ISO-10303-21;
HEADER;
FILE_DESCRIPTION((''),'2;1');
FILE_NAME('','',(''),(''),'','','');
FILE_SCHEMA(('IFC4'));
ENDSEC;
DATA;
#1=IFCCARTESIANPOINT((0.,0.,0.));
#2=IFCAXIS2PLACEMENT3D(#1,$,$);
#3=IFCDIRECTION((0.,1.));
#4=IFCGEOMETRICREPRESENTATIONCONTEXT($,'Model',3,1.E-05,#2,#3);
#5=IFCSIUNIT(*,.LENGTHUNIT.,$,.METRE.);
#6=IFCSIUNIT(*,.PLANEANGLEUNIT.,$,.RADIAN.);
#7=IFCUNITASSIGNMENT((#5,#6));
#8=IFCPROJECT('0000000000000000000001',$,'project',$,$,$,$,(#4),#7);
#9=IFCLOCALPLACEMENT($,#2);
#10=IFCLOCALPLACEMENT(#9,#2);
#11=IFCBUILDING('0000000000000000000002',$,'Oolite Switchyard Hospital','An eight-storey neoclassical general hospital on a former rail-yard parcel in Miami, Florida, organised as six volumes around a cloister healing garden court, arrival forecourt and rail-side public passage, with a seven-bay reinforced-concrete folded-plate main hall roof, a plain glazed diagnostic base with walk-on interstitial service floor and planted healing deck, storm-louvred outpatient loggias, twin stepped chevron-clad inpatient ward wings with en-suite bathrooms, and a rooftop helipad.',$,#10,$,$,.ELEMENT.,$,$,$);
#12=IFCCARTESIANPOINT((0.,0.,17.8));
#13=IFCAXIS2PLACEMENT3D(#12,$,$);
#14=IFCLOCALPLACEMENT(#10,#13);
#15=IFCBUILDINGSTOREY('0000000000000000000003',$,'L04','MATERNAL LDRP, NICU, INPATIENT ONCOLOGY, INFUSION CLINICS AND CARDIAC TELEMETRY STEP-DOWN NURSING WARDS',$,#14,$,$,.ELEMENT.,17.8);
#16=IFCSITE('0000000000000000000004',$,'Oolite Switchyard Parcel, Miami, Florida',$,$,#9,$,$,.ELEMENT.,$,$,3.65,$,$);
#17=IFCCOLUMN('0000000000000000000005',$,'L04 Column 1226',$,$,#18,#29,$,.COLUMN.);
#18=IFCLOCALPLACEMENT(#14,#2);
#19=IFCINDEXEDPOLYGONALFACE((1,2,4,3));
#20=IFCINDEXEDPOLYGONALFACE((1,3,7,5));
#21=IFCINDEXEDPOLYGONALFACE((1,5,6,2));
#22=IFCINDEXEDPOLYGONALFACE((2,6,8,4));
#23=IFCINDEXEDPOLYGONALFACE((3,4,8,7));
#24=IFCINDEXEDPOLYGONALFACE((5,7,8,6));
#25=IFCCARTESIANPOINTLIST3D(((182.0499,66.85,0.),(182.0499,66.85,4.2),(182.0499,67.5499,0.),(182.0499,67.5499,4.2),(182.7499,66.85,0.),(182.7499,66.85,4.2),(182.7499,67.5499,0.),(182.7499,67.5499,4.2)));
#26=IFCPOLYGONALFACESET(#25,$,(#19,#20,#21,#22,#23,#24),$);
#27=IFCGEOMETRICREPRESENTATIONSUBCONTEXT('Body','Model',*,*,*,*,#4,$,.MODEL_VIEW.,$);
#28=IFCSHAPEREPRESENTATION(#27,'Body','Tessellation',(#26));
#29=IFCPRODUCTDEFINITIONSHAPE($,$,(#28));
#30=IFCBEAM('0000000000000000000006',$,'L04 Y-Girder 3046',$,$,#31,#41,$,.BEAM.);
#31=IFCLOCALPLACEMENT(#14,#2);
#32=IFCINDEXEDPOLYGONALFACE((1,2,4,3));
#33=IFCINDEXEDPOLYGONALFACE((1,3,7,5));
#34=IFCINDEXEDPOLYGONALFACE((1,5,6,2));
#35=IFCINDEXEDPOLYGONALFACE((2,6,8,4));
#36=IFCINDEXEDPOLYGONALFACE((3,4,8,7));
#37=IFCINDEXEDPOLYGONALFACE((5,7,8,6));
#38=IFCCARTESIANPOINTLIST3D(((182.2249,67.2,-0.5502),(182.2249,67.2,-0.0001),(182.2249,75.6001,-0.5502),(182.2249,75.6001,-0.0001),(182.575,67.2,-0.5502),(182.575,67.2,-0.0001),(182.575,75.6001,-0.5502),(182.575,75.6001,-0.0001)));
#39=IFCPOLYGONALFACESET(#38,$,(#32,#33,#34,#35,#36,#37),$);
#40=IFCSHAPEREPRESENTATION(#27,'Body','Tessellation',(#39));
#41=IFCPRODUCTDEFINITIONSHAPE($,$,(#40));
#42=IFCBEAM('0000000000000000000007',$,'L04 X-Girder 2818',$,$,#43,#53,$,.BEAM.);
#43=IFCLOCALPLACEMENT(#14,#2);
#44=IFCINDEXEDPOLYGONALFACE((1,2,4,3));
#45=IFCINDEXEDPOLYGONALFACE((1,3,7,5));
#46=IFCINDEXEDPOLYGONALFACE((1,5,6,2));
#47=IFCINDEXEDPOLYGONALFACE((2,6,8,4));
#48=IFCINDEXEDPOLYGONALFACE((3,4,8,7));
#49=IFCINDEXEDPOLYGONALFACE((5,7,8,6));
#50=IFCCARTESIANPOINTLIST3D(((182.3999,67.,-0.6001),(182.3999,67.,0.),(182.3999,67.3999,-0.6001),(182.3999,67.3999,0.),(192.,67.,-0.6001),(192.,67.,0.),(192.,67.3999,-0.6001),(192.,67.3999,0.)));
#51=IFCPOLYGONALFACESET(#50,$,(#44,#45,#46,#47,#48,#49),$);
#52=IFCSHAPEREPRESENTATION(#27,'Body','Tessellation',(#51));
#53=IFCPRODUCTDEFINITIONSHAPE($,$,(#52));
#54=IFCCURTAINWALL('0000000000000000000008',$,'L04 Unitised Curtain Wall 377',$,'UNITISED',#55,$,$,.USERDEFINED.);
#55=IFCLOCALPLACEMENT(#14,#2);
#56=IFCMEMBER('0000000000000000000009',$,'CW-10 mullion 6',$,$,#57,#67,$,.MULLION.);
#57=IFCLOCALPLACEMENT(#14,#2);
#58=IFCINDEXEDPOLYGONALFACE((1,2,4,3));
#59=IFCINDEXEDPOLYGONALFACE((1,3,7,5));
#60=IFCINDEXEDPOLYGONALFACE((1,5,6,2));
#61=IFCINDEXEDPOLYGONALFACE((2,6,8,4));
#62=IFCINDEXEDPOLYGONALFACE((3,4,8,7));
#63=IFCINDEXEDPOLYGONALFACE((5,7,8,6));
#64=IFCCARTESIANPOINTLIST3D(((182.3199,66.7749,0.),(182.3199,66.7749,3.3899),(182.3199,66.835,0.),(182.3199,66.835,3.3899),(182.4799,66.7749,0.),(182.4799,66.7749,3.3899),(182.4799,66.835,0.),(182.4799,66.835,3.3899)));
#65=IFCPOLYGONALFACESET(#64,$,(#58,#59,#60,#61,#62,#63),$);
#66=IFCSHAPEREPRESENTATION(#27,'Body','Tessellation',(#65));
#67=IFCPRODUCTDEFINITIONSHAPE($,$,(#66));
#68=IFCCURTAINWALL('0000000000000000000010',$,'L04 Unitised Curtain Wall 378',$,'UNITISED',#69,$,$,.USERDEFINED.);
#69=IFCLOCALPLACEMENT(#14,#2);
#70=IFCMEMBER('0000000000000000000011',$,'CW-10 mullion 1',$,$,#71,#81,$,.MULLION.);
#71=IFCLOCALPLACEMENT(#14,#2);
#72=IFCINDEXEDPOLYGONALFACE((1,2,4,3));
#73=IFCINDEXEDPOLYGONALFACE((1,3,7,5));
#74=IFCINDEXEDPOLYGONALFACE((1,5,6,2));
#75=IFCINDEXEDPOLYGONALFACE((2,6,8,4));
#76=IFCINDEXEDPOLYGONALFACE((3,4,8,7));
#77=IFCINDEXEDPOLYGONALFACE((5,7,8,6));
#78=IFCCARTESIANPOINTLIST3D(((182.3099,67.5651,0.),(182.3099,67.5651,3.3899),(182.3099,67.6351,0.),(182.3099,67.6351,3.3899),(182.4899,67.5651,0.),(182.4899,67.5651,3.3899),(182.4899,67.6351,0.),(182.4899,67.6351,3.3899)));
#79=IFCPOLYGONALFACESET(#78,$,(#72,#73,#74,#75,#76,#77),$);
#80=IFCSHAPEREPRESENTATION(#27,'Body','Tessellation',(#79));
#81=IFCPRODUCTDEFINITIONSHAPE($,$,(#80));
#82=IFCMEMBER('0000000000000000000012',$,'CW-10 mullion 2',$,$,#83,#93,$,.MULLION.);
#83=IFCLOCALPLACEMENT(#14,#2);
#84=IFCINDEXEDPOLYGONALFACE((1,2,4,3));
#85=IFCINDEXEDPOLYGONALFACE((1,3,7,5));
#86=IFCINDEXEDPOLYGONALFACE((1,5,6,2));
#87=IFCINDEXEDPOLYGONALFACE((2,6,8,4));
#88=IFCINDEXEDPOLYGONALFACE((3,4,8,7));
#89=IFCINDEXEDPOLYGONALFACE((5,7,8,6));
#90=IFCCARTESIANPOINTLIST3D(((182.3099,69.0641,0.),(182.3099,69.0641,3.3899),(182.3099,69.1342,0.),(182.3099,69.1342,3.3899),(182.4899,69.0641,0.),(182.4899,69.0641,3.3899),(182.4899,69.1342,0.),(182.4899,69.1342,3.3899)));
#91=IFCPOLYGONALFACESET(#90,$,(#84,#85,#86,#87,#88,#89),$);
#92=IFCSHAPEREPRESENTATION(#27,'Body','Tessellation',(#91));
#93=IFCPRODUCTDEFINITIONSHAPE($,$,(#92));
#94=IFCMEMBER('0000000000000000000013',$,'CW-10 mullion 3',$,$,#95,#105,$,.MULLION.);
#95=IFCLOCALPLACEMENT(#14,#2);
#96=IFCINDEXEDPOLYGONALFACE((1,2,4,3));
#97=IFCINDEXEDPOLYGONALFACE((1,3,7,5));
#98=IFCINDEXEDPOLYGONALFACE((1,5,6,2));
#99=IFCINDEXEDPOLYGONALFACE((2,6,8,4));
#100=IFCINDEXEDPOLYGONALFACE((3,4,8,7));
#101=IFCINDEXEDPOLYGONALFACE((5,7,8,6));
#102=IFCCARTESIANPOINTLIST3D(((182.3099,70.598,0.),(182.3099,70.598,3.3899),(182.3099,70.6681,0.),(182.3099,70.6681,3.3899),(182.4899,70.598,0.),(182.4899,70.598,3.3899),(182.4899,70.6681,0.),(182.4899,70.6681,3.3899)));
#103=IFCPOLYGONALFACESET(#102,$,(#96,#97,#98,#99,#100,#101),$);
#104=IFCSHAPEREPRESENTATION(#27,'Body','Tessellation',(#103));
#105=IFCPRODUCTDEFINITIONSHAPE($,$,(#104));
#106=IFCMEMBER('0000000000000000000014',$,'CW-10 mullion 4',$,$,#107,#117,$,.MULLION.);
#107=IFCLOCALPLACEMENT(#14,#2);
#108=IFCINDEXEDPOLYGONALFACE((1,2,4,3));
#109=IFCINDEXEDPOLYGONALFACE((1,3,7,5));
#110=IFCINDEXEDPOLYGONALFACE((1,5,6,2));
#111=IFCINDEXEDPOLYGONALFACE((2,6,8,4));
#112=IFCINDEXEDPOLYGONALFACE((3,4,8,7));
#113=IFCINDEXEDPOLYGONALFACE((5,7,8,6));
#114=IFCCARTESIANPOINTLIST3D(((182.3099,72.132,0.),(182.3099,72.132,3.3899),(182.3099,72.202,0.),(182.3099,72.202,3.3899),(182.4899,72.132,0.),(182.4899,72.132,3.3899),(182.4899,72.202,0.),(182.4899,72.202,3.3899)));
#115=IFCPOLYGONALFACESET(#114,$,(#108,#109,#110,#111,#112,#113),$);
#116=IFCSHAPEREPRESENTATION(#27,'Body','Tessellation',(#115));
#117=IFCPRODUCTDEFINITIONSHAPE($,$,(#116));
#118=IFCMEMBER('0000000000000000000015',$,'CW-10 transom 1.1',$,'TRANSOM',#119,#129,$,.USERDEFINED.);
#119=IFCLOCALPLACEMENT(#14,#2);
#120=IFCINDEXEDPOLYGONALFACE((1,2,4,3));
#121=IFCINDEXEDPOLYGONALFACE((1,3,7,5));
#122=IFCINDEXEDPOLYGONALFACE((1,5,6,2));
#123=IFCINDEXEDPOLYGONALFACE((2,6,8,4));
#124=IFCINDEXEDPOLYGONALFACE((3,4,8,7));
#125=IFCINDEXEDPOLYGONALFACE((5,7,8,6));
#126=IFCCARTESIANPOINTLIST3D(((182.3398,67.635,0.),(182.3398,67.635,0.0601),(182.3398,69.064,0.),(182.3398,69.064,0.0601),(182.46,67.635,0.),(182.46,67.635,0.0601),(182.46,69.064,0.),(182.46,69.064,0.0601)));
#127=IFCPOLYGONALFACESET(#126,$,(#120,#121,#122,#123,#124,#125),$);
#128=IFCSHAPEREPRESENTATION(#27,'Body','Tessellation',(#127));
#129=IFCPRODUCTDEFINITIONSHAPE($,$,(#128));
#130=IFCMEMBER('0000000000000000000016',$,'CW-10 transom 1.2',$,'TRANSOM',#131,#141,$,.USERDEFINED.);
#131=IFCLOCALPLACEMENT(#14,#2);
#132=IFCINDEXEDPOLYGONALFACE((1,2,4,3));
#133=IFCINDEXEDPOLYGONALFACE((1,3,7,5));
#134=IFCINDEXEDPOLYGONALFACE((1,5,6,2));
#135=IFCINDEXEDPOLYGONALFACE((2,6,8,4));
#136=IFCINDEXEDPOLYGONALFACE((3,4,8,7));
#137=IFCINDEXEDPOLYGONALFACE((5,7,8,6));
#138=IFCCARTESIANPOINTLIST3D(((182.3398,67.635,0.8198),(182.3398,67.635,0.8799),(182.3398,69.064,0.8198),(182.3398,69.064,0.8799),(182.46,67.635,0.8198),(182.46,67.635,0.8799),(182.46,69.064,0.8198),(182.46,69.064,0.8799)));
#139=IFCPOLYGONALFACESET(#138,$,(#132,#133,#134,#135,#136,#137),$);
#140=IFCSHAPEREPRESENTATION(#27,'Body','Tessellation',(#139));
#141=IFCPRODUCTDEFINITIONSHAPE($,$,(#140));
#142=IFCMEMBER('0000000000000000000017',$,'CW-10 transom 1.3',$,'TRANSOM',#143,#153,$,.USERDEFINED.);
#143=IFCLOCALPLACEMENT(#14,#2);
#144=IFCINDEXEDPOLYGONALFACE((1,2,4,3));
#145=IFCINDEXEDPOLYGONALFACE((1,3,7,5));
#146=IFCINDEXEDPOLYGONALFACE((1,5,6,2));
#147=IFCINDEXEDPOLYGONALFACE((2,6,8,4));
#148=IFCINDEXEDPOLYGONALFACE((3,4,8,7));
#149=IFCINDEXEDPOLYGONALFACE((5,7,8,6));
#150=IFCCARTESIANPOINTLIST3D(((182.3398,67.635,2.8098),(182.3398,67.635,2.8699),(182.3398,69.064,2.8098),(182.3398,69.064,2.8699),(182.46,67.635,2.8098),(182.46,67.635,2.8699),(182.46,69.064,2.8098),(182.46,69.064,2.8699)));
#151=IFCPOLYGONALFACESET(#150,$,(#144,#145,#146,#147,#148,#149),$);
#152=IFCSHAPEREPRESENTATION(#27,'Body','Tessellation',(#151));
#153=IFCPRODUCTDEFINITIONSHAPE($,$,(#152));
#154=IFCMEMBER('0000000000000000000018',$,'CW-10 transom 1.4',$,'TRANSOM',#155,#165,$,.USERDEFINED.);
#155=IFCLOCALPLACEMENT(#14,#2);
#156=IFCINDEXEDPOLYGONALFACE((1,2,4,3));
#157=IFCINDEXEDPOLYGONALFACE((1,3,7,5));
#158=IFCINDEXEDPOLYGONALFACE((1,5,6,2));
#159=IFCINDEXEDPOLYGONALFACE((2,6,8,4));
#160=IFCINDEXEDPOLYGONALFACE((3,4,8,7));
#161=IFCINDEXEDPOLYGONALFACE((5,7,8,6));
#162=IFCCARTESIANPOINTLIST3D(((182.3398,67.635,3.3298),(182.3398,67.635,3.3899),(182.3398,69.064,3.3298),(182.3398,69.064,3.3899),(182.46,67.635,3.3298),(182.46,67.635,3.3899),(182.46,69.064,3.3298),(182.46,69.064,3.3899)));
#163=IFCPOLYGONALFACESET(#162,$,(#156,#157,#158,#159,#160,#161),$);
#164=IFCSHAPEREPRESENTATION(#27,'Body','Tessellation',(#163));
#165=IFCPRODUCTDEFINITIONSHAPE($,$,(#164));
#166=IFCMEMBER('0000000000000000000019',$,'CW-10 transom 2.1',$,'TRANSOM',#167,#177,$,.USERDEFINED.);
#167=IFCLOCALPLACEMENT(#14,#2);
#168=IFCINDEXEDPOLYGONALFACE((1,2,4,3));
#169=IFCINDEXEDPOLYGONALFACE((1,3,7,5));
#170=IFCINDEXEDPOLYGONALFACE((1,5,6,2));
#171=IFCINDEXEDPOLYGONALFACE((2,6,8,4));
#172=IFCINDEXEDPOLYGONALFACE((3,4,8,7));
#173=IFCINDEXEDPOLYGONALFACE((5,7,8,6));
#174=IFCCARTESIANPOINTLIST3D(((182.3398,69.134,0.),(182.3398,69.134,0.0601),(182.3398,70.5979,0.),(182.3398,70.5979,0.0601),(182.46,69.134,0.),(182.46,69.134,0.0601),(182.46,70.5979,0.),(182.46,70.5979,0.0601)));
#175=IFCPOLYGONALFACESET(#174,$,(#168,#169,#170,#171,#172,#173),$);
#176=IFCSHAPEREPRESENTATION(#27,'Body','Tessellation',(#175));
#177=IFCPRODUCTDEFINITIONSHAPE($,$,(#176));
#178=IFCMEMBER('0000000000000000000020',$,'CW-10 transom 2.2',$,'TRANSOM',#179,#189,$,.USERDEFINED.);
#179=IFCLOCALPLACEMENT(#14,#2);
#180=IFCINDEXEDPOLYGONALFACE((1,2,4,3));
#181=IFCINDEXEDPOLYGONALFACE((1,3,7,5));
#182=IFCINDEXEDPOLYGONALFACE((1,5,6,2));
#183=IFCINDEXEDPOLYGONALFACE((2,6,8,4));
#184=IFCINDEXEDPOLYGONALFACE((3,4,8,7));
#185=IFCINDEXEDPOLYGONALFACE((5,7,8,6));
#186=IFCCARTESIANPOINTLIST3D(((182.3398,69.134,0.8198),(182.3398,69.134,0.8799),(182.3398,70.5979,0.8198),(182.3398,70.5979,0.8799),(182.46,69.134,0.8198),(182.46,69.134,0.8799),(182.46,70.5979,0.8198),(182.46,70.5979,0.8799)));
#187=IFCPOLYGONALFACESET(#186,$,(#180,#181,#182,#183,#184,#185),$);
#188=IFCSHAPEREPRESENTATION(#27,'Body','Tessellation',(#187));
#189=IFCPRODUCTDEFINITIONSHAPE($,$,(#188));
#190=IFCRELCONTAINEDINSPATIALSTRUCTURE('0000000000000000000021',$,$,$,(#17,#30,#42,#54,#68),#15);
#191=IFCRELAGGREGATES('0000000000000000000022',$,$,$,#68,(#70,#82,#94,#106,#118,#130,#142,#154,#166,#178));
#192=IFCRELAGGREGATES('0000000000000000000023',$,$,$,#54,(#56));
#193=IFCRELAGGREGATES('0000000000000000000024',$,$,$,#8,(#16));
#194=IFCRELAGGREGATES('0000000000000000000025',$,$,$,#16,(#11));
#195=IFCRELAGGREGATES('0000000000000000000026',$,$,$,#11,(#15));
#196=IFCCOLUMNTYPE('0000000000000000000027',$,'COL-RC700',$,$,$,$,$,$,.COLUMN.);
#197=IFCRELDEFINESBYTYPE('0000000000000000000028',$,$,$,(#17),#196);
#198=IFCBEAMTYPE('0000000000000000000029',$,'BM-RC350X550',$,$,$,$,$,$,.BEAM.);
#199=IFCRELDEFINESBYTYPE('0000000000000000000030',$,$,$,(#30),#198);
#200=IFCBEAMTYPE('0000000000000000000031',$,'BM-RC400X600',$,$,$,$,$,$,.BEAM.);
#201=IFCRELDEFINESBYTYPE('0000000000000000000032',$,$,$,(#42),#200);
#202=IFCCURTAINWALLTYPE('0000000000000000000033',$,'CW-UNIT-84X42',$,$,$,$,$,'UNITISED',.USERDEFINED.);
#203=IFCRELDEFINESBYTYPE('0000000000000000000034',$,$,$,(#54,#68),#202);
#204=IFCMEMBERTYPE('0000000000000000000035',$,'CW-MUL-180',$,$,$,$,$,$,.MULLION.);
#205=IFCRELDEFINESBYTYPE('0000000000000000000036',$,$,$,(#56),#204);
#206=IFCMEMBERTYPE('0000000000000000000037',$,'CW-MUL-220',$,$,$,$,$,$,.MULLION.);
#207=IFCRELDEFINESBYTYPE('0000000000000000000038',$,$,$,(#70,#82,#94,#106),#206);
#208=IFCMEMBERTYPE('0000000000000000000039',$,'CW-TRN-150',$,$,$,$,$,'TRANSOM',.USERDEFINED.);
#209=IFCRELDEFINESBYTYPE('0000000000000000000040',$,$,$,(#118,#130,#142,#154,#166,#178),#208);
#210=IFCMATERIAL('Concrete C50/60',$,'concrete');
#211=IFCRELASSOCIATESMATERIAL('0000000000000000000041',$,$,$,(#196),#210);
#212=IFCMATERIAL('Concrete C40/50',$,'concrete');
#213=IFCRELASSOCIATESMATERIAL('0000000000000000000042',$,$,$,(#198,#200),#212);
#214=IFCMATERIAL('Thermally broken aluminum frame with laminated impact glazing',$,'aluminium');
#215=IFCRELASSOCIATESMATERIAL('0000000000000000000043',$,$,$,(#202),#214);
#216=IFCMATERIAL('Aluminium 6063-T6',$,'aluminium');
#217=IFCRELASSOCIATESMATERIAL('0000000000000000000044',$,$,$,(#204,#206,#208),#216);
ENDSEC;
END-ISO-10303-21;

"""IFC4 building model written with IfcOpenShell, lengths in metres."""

from ifc_helpers import new_model, si_unit, direction, frame, origin, origin_2d, place, context, subcontext, project, spatial, rectangle, extrude, material, material_profile, profile_set, type_object, element, aggregate, save


model = new_model("IFC4")

# Units and contexts
model_context = context("Model", 3, precision=1e-05, world=origin(), true_north=direction((0.0, 1.0)))
body_context = subcontext(model_context, "Body", "Model", "MODEL_VIEW")
ifc_project = project(units=[si_unit("LENGTHUNIT", "METRE"), si_unit("PLANEANGLEUNIT", "RADIAN")], contexts=[model_context])

# Site, building, storey
site_placement = place(None, origin())
site = spatial("IfcSite", under=ifc_project, at=site_placement, Name="Oolite Switchyard Parcel, Miami, Florida", CompositionType="ELEMENT", RefElevation=3.65)
building_placement = place(site_placement, origin())
building = spatial("IfcBuilding", under=site, at=building_placement, Name="Oolite Switchyard Hospital", Description="An eight-storey neoclassical general hospital on a former rail-yard parcel in Miami, Florida, organised as six volumes around a cloister healing garden court, arrival forecourt and rail-side public passage, with a seven-bay reinforced-concrete folded-plate main hall roof, a plain glazed diagnostic base with walk-on interstitial service floor and planted healing deck, storm-louvred outpatient loggias, twin stepped chevron-clad inpatient ward wings with en-suite bathrooms, and a rooftop helipad.", CompositionType="ELEMENT")
storey_placement = place(building_placement, frame((0.0, 0.0, 17.8)))
storey = spatial("IfcBuildingStorey", under=building, at=storey_placement, Name="L04", Description="MATERNAL LDRP, NICU, INPATIENT ONCOLOGY, INFUSION CLINICS AND CARDIAC TELEMETRY STEP-DOWN NURSING WARDS", CompositionType="ELEMENT", Elevation=17.8)

# Column
ifc_material_1 = material(Name="Concrete C50/60", Category="concrete")
ifc_material_profile_1 = material_profile(ifc_material_1, rectangle(XDim=0.7, YDim=0.7, at=origin_2d()), Name="RC700X700")
ifc_profile_set_1 = profile_set([ifc_material_profile_1], Name="Concrete C50/60")
column_type = type_object("IfcColumnType", Name="COL-RC700", PredefinedType="COLUMN", material=ifc_profile_set_1)
column_placement = place(storey_placement, frame((182.3999, 67.2, 0.0), z_axis=(0.0, 0.0, 1.0), x_axis=(1.0, 0.0, 0.0)))
element("IfcColumn", 1, at=column_placement, inside=storey, type_object=column_type, Name="L04 Column 1226", PredefinedType="COLUMN", context=body_context, shape_type="SweptSolid", body=[
    extrude(rectangle(XDim=0.7, YDim=0.7, at=origin_2d()), origin(), (0.0, 0.0, 1.0), 4.2),
])

# Beams
ifc_material_2 = material(Name="Concrete C40/50", Category="concrete")
ifc_material_profile_2 = material_profile(ifc_material_2, rectangle(XDim=0.3501, YDim=0.55, at=origin_2d()), Name="RCB350X550")
ifc_profile_set_2 = profile_set([ifc_material_profile_2], Name="Concrete C40/50")
beam_type_1 = type_object("IfcBeamType", Name="BM-RC350X550", PredefinedType="BEAM", material=ifc_profile_set_2)
beam_1_placement = place(storey_placement, frame((182.3999, 67.2, -0.2751), z_axis=(0.0, 1.0, 0.0), x_axis=(-1.0, 0.0, 0.0)))
element("IfcBeam", 2, at=beam_1_placement, inside=storey, type_object=beam_type_1, Name="L04 Y-Girder 3046", PredefinedType="BEAM", context=body_context, shape_type="SweptSolid", body=[
    extrude(rectangle(XDim=0.3501, YDim=0.55, at=origin_2d()), origin(), (0.0, 0.0, 1.0), 8.4001),
])
ifc_material_profile_3 = material_profile(ifc_material_2, rectangle(XDim=0.3999, YDim=0.6001, at=origin_2d()), Name="RCB400X600")
ifc_profile_set_3 = profile_set([ifc_material_profile_3], Name="Concrete C40/50")
beam_type_2 = type_object("IfcBeamType", Name="BM-RC400X600", PredefinedType="BEAM", material=ifc_profile_set_3)
beam_2_placement = place(storey_placement, frame((182.3999, 67.2, -0.3), z_axis=(1.0, 0.0, 0.0), x_axis=(0.0, 1.0, 0.0)))
element("IfcBeam", 3, at=beam_2_placement, inside=storey, type_object=beam_type_2, Name="L04 X-Girder 2818", PredefinedType="BEAM", context=body_context, shape_type="SweptSolid", body=[
    extrude(rectangle(XDim=0.3999, YDim=0.6001, at=origin_2d()), origin(), (0.0, 0.0, 1.0), 9.6001),
])

# Curtain wall, member
ifc_material_3 = material(Name="Thermally broken aluminum frame with laminated impact glazing", Category="aluminium")
curtain_wall_type = type_object("IfcCurtainWallType", Name="CW-UNIT-84X42", ElementType="UNITISED", PredefinedType="USERDEFINED", material=ifc_material_3)
curtain_wall_1_placement = place(storey_placement, origin())
curtain_wall_1 = element("IfcCurtainWall", 4, at=curtain_wall_1_placement, inside=storey, type_object=curtain_wall_type, Name="L04 Unitised Curtain Wall 377", ObjectType="UNITISED", PredefinedType="USERDEFINED")
ifc_material_4 = material(Name="Aluminium 6063-T6", Category="aluminium")
ifc_material_profile_4 = material_profile(ifc_material_4, rectangle(XDim=0.1599, YDim=0.0601, at=origin_2d()), Name="CWM60X160")
ifc_profile_set_4 = profile_set([ifc_material_profile_4], Name="Aluminium 6063-T6")
member_type_1 = type_object("IfcMemberType", Name="CW-MUL-180", PredefinedType="MULLION", material=ifc_profile_set_4)
member_1_placement = place(storey_placement, frame((182.3999, 66.8049, 0.0), z_axis=(0.0, 0.0, 1.0), x_axis=(-1.0, 0.0, 0.0)))
member_1 = element("IfcMember", 5, at=member_1_placement, type_object=member_type_1, Name="CW-10 mullion 6", PredefinedType="MULLION", context=body_context, shape_type="SweptSolid", body=[
    extrude(rectangle(XDim=0.1599, YDim=0.0601, at=origin_2d()), origin(), (0.0, 0.0, 1.0), 3.3899),
])

# Curtain wall, members
curtain_wall_2_placement = place(storey_placement, origin())
curtain_wall_2 = element("IfcCurtainWall", 6, at=curtain_wall_2_placement, inside=storey, type_object=curtain_wall_type, Name="L04 Unitised Curtain Wall 378", ObjectType="UNITISED", PredefinedType="USERDEFINED")
ifc_material_profile_5 = material_profile(ifc_material_4, rectangle(XDim=0.1799, YDim=0.0701, at=origin_2d()), Name="CWM70X180")
ifc_profile_set_5 = profile_set([ifc_material_profile_5], Name="Aluminium 6063-T6")
member_type_2 = type_object("IfcMemberType", Name="CW-MUL-220", PredefinedType="MULLION", material=ifc_profile_set_5)
member_2_placement = place(storey_placement, frame((182.3999, 67.6001, 0.0), z_axis=(0.0, 0.0, 1.0), x_axis=(-1.0, 0.0, 0.0)))
member_2 = element("IfcMember", 7, at=member_2_placement, type_object=member_type_2, Name="CW-10 mullion 1", PredefinedType="MULLION", context=body_context, shape_type="SweptSolid", body=[
    extrude(rectangle(XDim=0.1799, YDim=0.0701, at=origin_2d()), origin(), (0.0, 0.0, 1.0), 3.3899),
])
member_3_placement = place(storey_placement, frame((182.3999, 69.0991, 0.0), z_axis=(0.0, 0.0, 1.0), x_axis=(-1.0, 0.0, 0.0)))
member_3 = element("IfcMember", 8, at=member_3_placement, type_object=member_type_2, Name="CW-10 mullion 2", PredefinedType="MULLION", context=body_context, shape_type="SweptSolid", body=[
    extrude(rectangle(XDim=0.1799, YDim=0.0701, at=origin_2d()), origin(), (0.0, 0.0, 1.0), 3.3899),
])
member_4_placement = place(storey_placement, frame((182.3999, 70.6331, 0.0), z_axis=(0.0, 0.0, 1.0), x_axis=(-1.0, 0.0, 0.0)))
member_4 = element("IfcMember", 9, at=member_4_placement, type_object=member_type_2, Name="CW-10 mullion 3", PredefinedType="MULLION", context=body_context, shape_type="SweptSolid", body=[
    extrude(rectangle(XDim=0.1799, YDim=0.0701, at=origin_2d()), origin(), (0.0, 0.0, 1.0), 3.3899),
])
member_5_placement = place(storey_placement, frame((182.3999, 72.167, 0.0), z_axis=(0.0, 0.0, 1.0), x_axis=(-1.0, 0.0, 0.0)))
member_5 = element("IfcMember", 10, at=member_5_placement, type_object=member_type_2, Name="CW-10 mullion 4", PredefinedType="MULLION", context=body_context, shape_type="SweptSolid", body=[
    extrude(rectangle(XDim=0.1799, YDim=0.0701, at=origin_2d()), origin(), (0.0, 0.0, 1.0), 3.3899),
])
ifc_material_profile_6 = material_profile(ifc_material_4, rectangle(XDim=0.1201, YDim=0.0601, at=origin_2d()), Name="CWT60X120")
ifc_profile_set_6 = profile_set([ifc_material_profile_6], Name="Aluminium 6063-T6")
member_type_3 = type_object("IfcMemberType", Name="CW-TRN-150", ElementType="TRANSOM", PredefinedType="USERDEFINED", material=ifc_profile_set_6)
member_6_placement = place(storey_placement, frame((182.3999, 67.635, 0.03), z_axis=(0.0, 1.0, 0.0), x_axis=(-1.0, 0.0, 0.0)))
member_6 = element("IfcMember", 11, at=member_6_placement, type_object=member_type_3, Name="CW-10 transom 1.1", ObjectType="TRANSOM", PredefinedType="USERDEFINED", context=body_context, shape_type="SweptSolid", body=[
    extrude(rectangle(XDim=0.1201, YDim=0.0601, at=origin_2d()), origin(), (0.0, 0.0, 1.0), 1.429),
])
member_7_placement = place(storey_placement, frame((182.3999, 67.635, 0.8499), z_axis=(0.0, 1.0, 0.0), x_axis=(-1.0, 0.0, 0.0)))
member_7 = element("IfcMember", 12, at=member_7_placement, type_object=member_type_3, Name="CW-10 transom 1.2", ObjectType="TRANSOM", PredefinedType="USERDEFINED", context=body_context, shape_type="SweptSolid", body=[
    extrude(rectangle(XDim=0.1201, YDim=0.0601, at=origin_2d()), origin(), (0.0, 0.0, 1.0), 1.429),
])
member_8_placement = place(storey_placement, frame((182.3999, 67.635, 2.8398), z_axis=(0.0, 1.0, 0.0), x_axis=(-1.0, 0.0, 0.0)))
member_8 = element("IfcMember", 13, at=member_8_placement, type_object=member_type_3, Name="CW-10 transom 1.3", ObjectType="TRANSOM", PredefinedType="USERDEFINED", context=body_context, shape_type="SweptSolid", body=[
    extrude(rectangle(XDim=0.1201, YDim=0.0601, at=origin_2d()), origin(), (0.0, 0.0, 1.0), 1.429),
])
member_9_placement = place(storey_placement, frame((182.3999, 67.635, 3.3599), z_axis=(0.0, 1.0, 0.0), x_axis=(-1.0, 0.0, 0.0)))
member_9 = element("IfcMember", 14, at=member_9_placement, type_object=member_type_3, Name="CW-10 transom 1.4", ObjectType="TRANSOM", PredefinedType="USERDEFINED", context=body_context, shape_type="SweptSolid", body=[
    extrude(rectangle(XDim=0.1201, YDim=0.0601, at=origin_2d()), origin(), (0.0, 0.0, 1.0), 1.429),
])
member_10_placement = place(storey_placement, frame((182.3999, 69.134, 0.03), z_axis=(0.0, 1.0, 0.0), x_axis=(-1.0, 0.0, 0.0)))
member_10 = element("IfcMember", 15, at=member_10_placement, type_object=member_type_3, Name="CW-10 transom 2.1", ObjectType="TRANSOM", PredefinedType="USERDEFINED", context=body_context, shape_type="SweptSolid", body=[
    extrude(rectangle(XDim=0.1201, YDim=0.0601, at=origin_2d()), origin(), (0.0, 0.0, 1.0), 1.4639),
])
member_11_placement = place(storey_placement, frame((182.3999, 69.134, 0.8499), z_axis=(0.0, 1.0, 0.0), x_axis=(-1.0, 0.0, 0.0)))
member_11 = element("IfcMember", 16, at=member_11_placement, type_object=member_type_3, Name="CW-10 transom 2.2", ObjectType="TRANSOM", PredefinedType="USERDEFINED", context=body_context, shape_type="SweptSolid", body=[
    extrude(rectangle(XDim=0.1201, YDim=0.0601, at=origin_2d()), origin(), (0.0, 0.0, 1.0), 1.4639),
])

aggregate(curtain_wall_2, [member_2, member_3, member_4, member_5, member_6, member_7, member_8, member_9, member_10, member_11])
aggregate(curtain_wall_1, [member_1])

save(model, "model.ifc")
